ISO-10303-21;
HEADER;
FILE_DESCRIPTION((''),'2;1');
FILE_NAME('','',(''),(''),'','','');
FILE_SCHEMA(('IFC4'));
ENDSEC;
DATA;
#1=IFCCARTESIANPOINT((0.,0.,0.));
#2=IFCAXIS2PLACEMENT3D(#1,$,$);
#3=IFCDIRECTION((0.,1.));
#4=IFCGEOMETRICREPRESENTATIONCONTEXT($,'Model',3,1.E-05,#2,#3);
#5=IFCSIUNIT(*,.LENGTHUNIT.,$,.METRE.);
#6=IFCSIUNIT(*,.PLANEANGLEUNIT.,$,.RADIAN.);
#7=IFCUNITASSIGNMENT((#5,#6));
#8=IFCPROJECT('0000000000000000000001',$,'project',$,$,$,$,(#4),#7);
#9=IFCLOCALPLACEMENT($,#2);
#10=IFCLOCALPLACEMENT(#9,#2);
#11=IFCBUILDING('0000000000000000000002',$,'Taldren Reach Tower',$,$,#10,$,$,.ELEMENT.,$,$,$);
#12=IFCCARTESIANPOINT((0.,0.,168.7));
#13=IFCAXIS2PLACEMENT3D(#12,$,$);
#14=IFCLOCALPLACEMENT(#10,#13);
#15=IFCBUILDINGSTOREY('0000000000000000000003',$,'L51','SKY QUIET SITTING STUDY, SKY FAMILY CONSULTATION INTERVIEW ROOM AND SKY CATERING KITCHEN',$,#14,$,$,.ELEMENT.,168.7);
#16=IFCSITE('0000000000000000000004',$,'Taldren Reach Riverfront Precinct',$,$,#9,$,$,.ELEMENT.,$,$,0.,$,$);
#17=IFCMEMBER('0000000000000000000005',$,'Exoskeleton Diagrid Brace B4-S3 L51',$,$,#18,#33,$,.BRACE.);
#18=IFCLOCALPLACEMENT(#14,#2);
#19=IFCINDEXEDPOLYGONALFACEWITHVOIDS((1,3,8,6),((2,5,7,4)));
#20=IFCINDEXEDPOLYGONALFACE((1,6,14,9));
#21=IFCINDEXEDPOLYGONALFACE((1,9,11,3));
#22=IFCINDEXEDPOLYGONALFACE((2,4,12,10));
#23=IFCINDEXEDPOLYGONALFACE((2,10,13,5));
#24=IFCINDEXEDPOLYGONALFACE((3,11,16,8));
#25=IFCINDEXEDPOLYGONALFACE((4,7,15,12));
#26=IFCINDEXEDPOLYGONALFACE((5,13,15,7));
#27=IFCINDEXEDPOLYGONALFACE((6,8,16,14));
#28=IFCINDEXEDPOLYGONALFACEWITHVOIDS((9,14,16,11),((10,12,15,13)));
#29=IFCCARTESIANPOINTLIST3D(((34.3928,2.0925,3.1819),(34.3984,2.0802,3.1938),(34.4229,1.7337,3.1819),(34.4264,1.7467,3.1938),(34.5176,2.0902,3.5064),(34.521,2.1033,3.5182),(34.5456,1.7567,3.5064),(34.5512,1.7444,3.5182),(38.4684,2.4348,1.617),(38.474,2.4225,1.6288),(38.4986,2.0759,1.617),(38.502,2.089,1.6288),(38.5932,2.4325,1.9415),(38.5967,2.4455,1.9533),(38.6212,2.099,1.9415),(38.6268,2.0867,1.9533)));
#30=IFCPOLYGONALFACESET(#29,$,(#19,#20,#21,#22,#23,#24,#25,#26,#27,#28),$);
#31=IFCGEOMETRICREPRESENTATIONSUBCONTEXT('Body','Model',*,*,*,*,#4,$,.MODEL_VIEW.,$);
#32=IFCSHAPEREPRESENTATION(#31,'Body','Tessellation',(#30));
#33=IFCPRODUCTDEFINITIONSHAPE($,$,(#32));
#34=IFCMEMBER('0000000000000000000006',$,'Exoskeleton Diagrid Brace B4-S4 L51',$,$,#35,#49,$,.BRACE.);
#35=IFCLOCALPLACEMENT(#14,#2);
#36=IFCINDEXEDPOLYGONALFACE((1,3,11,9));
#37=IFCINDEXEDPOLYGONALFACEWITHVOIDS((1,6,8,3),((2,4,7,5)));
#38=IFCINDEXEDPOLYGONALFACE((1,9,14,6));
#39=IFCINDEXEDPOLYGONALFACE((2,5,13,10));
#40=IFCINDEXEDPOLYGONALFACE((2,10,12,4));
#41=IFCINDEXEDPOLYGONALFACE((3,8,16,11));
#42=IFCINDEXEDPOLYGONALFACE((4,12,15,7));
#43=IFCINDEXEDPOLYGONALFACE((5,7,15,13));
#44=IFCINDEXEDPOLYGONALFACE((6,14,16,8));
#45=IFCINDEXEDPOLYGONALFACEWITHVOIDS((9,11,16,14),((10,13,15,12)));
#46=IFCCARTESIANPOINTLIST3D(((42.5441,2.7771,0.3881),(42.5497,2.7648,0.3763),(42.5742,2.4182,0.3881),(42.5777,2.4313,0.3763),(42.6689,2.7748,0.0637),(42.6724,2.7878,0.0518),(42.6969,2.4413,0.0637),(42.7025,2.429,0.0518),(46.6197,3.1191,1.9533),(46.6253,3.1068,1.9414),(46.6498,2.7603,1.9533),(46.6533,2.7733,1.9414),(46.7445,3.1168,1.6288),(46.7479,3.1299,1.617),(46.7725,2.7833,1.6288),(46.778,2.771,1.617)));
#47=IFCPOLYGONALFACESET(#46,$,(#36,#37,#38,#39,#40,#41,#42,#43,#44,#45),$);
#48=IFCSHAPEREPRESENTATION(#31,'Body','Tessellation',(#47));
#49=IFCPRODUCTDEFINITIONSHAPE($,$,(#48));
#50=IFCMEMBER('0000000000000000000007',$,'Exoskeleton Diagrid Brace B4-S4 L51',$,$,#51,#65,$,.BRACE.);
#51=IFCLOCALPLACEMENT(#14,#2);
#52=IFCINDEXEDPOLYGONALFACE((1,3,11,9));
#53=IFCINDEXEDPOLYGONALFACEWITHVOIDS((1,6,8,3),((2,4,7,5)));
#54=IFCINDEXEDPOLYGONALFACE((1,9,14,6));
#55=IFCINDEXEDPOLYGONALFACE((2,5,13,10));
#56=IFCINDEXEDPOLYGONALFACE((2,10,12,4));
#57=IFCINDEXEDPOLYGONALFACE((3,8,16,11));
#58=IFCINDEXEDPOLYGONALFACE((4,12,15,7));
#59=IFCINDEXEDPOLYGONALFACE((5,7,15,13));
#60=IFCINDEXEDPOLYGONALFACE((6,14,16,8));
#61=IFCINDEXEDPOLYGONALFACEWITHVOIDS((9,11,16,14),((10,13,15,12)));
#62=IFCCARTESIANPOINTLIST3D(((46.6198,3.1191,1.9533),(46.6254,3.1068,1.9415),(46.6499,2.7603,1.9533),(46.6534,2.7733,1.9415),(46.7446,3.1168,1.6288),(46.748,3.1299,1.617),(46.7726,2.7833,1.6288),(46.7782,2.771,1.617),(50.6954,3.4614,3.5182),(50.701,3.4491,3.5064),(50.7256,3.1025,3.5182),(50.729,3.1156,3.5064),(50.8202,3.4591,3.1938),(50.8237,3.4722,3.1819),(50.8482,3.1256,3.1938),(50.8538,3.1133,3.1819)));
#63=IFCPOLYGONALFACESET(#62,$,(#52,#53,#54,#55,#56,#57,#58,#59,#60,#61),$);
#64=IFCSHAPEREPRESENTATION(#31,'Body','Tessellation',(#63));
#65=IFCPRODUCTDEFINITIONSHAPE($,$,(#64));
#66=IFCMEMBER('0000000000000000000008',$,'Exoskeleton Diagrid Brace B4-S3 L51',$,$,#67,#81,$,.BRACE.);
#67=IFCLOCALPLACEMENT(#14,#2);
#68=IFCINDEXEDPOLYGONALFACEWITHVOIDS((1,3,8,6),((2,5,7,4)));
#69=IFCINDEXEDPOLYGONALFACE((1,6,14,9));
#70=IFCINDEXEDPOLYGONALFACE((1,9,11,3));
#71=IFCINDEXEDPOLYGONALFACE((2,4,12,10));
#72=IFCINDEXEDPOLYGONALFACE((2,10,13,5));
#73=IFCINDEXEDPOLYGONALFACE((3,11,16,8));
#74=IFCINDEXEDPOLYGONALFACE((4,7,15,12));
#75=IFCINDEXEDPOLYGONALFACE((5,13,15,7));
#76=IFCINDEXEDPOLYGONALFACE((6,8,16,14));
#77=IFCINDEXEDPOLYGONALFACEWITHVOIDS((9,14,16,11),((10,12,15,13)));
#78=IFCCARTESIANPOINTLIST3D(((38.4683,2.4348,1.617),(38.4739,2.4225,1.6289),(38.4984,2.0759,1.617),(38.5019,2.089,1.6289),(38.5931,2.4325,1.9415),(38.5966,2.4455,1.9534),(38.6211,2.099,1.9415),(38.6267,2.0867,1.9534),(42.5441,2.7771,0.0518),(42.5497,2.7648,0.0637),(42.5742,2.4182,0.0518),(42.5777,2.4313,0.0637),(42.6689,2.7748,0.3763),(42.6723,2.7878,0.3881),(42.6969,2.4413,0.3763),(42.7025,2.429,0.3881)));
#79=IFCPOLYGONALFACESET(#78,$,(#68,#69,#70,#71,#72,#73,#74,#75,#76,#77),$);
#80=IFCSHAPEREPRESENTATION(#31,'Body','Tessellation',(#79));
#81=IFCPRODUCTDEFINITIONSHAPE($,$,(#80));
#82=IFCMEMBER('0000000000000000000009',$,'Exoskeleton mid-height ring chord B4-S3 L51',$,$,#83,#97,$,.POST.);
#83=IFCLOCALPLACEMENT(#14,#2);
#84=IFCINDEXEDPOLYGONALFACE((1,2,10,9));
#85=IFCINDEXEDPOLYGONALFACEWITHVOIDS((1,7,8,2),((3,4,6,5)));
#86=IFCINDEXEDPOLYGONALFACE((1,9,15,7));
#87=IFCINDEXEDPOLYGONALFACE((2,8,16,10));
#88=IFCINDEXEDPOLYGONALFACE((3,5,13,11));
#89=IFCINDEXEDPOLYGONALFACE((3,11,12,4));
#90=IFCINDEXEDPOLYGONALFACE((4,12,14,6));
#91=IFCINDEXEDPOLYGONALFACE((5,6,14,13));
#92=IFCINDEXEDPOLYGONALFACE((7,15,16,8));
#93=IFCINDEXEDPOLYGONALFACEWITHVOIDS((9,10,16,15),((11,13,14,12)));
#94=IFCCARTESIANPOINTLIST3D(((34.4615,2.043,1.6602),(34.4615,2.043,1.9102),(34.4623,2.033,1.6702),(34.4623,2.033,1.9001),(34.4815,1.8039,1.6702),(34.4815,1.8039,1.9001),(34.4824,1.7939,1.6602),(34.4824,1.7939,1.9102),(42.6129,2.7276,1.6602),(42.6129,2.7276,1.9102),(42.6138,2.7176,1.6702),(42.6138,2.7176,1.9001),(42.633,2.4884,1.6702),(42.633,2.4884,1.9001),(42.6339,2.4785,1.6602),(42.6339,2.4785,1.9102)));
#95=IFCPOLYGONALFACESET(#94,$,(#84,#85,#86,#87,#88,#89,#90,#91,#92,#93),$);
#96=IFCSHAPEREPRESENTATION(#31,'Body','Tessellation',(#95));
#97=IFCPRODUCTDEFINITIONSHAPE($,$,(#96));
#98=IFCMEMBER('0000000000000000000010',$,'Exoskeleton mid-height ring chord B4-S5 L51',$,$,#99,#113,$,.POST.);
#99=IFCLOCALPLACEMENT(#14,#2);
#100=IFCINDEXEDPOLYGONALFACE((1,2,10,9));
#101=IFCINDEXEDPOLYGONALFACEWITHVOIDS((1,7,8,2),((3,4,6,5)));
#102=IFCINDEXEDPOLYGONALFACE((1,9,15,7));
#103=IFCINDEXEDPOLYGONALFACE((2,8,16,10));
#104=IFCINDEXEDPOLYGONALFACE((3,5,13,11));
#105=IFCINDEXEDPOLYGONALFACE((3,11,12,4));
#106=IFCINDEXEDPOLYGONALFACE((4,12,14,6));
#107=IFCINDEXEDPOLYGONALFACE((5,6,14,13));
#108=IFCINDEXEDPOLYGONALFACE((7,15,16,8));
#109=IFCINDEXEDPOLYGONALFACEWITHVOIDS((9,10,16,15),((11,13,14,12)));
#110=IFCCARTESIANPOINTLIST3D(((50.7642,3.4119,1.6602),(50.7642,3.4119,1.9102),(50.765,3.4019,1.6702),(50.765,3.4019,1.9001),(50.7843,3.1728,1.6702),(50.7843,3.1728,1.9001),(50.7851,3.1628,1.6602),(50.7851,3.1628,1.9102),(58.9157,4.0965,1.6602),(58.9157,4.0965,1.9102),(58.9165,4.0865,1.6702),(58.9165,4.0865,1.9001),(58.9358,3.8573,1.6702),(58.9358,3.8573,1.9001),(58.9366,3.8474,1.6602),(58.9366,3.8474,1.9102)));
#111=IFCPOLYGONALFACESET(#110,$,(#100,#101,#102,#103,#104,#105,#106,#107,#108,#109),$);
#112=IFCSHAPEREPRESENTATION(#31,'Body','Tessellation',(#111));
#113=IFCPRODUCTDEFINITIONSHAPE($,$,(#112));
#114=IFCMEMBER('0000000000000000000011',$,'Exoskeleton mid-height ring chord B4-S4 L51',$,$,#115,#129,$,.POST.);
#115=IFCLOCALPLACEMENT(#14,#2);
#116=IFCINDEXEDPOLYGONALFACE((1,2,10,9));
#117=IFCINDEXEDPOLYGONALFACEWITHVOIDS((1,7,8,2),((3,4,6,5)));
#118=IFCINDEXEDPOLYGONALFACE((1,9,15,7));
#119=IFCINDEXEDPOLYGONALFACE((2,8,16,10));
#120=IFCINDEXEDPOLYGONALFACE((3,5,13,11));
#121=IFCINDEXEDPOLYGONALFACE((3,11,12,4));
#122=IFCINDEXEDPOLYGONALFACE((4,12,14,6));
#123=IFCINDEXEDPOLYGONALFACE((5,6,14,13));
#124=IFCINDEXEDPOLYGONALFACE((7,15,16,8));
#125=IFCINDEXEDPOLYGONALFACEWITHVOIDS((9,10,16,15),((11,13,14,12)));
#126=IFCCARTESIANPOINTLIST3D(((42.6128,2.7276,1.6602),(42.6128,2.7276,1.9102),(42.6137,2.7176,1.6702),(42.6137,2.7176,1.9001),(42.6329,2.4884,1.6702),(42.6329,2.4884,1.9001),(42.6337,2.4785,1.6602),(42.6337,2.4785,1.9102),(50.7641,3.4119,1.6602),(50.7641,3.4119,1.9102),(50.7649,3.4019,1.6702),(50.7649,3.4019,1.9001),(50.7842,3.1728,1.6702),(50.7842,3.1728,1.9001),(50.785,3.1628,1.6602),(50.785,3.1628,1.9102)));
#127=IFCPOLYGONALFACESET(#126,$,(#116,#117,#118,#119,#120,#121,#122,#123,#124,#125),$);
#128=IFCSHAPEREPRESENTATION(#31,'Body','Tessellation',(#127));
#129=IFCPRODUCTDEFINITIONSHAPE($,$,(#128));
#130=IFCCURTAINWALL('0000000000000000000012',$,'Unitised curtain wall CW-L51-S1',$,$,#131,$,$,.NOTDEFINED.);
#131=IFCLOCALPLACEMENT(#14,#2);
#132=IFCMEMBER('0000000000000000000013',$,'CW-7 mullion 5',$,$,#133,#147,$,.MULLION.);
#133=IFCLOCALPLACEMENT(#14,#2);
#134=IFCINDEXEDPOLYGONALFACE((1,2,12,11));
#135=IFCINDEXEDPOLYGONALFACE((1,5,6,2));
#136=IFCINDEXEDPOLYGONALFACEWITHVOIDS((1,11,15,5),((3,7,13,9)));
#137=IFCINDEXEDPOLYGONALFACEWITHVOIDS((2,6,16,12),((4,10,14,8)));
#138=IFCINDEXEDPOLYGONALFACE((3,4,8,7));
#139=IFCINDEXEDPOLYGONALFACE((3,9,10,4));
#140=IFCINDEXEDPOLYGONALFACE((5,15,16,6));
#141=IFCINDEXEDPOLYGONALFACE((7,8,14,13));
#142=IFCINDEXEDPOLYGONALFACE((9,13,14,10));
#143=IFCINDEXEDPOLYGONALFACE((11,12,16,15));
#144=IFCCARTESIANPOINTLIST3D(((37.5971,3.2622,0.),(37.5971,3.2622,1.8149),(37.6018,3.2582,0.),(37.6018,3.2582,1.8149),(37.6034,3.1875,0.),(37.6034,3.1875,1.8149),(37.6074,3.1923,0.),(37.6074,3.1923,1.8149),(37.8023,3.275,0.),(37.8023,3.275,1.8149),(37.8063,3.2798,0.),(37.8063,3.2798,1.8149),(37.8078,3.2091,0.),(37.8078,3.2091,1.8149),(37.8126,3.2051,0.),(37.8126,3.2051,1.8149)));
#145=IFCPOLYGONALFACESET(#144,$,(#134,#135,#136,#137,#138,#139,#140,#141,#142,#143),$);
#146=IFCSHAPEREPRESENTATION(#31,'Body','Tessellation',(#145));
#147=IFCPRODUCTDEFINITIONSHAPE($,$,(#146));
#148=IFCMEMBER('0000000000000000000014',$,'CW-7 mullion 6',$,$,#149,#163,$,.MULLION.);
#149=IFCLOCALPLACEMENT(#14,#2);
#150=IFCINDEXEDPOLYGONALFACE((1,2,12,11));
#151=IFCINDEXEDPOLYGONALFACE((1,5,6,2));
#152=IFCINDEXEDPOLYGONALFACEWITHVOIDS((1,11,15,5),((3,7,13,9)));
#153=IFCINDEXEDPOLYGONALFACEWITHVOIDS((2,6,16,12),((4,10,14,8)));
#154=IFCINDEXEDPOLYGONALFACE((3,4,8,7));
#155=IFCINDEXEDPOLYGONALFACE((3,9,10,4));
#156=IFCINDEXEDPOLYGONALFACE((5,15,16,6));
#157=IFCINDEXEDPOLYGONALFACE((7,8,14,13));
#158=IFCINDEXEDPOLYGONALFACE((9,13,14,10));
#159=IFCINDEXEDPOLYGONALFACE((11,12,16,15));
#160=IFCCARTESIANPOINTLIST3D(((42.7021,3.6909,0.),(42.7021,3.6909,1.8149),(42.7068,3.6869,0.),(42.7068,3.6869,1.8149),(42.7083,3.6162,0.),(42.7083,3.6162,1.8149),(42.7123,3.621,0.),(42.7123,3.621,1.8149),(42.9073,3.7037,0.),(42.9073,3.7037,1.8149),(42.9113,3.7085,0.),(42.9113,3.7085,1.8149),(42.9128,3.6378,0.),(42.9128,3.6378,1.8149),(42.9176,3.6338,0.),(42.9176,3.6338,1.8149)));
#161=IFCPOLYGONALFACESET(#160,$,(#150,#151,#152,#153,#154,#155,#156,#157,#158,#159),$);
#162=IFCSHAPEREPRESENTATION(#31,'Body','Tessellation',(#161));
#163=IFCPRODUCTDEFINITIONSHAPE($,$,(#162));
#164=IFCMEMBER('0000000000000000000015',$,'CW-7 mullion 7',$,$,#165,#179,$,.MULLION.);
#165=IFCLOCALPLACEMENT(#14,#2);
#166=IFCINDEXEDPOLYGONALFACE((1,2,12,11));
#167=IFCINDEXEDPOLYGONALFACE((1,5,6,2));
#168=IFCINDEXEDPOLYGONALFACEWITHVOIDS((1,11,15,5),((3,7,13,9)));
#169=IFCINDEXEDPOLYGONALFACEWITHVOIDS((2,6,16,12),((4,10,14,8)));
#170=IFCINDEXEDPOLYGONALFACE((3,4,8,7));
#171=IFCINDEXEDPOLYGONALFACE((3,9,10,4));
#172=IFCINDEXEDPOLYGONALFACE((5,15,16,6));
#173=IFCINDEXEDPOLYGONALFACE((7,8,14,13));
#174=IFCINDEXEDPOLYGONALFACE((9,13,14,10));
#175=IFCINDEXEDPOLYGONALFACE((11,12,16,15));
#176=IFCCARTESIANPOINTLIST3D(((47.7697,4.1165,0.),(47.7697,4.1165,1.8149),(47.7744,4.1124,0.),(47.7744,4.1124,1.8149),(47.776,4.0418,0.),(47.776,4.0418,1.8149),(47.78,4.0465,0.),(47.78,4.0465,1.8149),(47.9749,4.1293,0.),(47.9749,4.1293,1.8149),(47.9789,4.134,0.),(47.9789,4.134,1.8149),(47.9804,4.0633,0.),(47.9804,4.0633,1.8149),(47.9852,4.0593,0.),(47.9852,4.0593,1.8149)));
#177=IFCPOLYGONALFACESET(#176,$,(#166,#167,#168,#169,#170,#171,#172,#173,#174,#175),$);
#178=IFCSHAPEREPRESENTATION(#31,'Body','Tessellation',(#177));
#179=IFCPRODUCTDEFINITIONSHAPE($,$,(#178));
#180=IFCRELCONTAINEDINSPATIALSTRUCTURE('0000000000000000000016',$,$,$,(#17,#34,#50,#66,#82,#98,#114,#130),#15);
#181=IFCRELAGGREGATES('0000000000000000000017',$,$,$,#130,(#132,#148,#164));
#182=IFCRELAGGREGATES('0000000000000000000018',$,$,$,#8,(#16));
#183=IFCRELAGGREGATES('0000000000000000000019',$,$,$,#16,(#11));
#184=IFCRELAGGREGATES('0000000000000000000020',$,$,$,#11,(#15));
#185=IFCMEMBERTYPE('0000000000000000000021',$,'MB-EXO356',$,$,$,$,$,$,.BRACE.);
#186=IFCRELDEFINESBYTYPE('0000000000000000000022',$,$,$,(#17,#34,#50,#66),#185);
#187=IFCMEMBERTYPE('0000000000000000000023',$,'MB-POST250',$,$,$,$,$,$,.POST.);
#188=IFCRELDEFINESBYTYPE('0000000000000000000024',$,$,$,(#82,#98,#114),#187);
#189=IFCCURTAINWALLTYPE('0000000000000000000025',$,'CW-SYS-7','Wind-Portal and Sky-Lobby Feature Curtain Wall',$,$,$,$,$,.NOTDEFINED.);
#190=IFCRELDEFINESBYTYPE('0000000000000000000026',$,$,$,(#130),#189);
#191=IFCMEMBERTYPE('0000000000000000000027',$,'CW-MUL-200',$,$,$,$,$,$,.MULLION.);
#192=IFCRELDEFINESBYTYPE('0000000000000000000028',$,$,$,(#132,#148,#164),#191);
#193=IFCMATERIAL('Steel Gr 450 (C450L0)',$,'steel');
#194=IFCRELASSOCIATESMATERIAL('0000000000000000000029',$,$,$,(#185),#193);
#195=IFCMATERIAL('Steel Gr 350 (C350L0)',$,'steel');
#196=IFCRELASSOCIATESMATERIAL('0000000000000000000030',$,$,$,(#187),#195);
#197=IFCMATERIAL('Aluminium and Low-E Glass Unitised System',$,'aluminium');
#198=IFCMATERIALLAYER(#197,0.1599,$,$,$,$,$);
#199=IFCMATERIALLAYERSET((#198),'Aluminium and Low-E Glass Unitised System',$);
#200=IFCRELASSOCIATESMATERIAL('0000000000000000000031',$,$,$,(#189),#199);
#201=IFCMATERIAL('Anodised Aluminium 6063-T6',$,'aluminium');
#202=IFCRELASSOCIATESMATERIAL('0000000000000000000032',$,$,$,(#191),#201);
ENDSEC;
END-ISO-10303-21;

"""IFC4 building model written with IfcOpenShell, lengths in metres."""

from ifc_helpers import new_model, si_unit, direction, frame, origin, origin_2d, place, context, subcontext, project, spatial, hollow_rectangle, extrude, source, transform, mapped, material, layer, layer_set, material_profile, profile_set, type_object, element, aggregate, save


model = new_model("IFC4")

# Units and contexts
model_context = context("Model", 3, precision=1e-05, world=origin(), true_north=direction((0.0, 1.0)))
body_context = subcontext(model_context, "Body", "Model", "MODEL_VIEW")
ifc_project = project(units=[si_unit("LENGTHUNIT", "METRE"), si_unit("PLANEANGLEUNIT", "RADIAN")], contexts=[model_context])

# Site, building, storey
site_placement = place(None, origin())
site = spatial("IfcSite", under=ifc_project, at=site_placement, Name="Taldren Reach Riverfront Precinct", CompositionType="ELEMENT", RefElevation=0.0)
building_placement = place(site_placement, origin())
building = spatial("IfcBuilding", under=site, at=building_placement, Name="Taldren Reach Tower", CompositionType="ELEMENT")
storey_placement = place(building_placement, frame((0.0, 0.0, 168.7)))
storey = spatial("IfcBuildingStorey", under=building, at=storey_placement, Name="L51", Description="SKY QUIET SITTING STUDY, SKY FAMILY CONSULTATION INTERVIEW ROOM AND SKY CATERING KITCHEN", CompositionType="ELEMENT", Elevation=168.7)

# Members
ifc_material_1 = material(Name="Steel Gr 450 (C450L0)", Category="steel")
ifc_material_profile_1 = material_profile(ifc_material_1, hollow_rectangle(XDim=0.3601, YDim=0.3601, WallThickness=0.0127, at=origin_2d()), Name="360x360x12.7SHS")
ifc_profile_set_1 = profile_set([ifc_material_profile_1], Name="Steel Gr 450 (C450L0)")
member_type_1 = type_object("IfcMemberType", Name="MB-EXO356", PredefinedType="BRACE", material=ifc_profile_set_1)
shared_shape_1 = source(origin(), body_context, "Body", "SweptSolid", [
    extrude(hollow_rectangle(XDim=0.3601, YDim=0.3601, WallThickness=0.0127, at=origin_2d()), origin(), (0.0, 0.0, 1.0), 4.3792),
])
for number, where, z_axis, x_axis, name in (
    (1, (38.5476, 2.2607, 1.7852), (-0.930691, -0.078162, 0.357358), (0.083688, -0.996492, 0.0), "Exoskeleton Diagrid Brace B4-S3 L51"),
    (2, (42.6233, 2.603, 0.22), (0.930677, 0.078105, 0.357408), (-0.083628, 0.996497, 0.0), "Exoskeleton Diagrid Brace B4-S4 L51"),
    (3, (46.699, 2.9451, 1.7852), (0.930691, 0.078162, 0.357358), (-0.083688, 0.996492, 0.0), "Exoskeleton Diagrid Brace B4-S4 L51"),
):
    element("IfcMember", number, at=place(storey_placement, frame(where, z_axis=z_axis, x_axis=x_axis)), inside=storey, type_object=member_type_1, Name=name, PredefinedType="BRACE", context=body_context, shape_type="MappedRepresentation", body=[
        mapped(shared_shape_1, transform((0.0, 0.0, 0.0), scale=1.0)),
    ])
shared_shape_2 = source(origin(), body_context, "Body", "SweptSolid", [
    extrude(hollow_rectangle(XDim=0.3601, YDim=0.3601, WallThickness=0.0127, at=origin_2d()), origin(), (0.0, 0.0, 1.0), 4.3794),
])
member_1_placement = place(storey_placement, frame((42.6233, 2.603, 0.22), z_axis=(-0.930673, -0.07816, 0.357406), x_axis=(0.083688, -0.996492, 0.0)))
element("IfcMember", 4, at=member_1_placement, inside=storey, type_object=member_type_1, Name="Exoskeleton Diagrid Brace B4-S3 L51", PredefinedType="BRACE", context=body_context, shape_type="MappedRepresentation", body=[
    mapped(shared_shape_2, transform((0.0, 0.0, 0.0), scale=1.0)),
])
ifc_material_2 = material(Name="Steel Gr 350 (C350L0)", Category="steel")
ifc_material_profile_2 = material_profile(ifc_material_2, hollow_rectangle(XDim=0.25, YDim=0.25, WallThickness=0.01, at=origin_2d()), Name="250x250x10.0SHS")
ifc_profile_set_2 = profile_set([ifc_material_profile_2], Name="Steel Gr 350 (C350L0)")
member_type_2 = type_object("IfcMemberType", Name="MB-POST250", PredefinedType="POST", material=ifc_profile_set_2)
shared_shape_3 = source(origin(), body_context, "Body", "SweptSolid", [
    extrude(hollow_rectangle(XDim=0.25, YDim=0.25, WallThickness=0.01, at=origin_2d()), origin(), (0.0, 0.0, 1.0), 8.1802),
])
for number, where, z_axis, x_axis, name in (
    (5, (34.4719, 1.9185, 1.7852), (0.996492, 0.083688, 0.0), (-0.083688, 0.996492, 0.0), "Exoskeleton mid-height ring chord B4-S3 L51"),
    (6, (50.7747, 3.2874, 1.7852), (0.996492, 0.083688, 0.0), (-0.083688, 0.996492, 0.0), "Exoskeleton mid-height ring chord B4-S5 L51"),
):
    element("IfcMember", number, at=place(storey_placement, frame(where, z_axis=z_axis, x_axis=x_axis)), inside=storey, type_object=member_type_2, Name=name, PredefinedType="POST", context=body_context, shape_type="MappedRepresentation", body=[
        mapped(shared_shape_3, transform((0.0, 0.0, 0.0), scale=1.0)),
    ])
shared_shape_4 = source(origin(), body_context, "Body", "SweptSolid", [
    extrude(hollow_rectangle(XDim=0.25, YDim=0.25, WallThickness=0.01, at=origin_2d()), origin(), (0.0, 0.0, 1.0), 8.1799),
])
member_2_placement = place(storey_placement, frame((42.6233, 2.603, 1.7852), z_axis=(0.996495, 0.083658, 0.0), x_axis=(-0.083658, 0.996495, 0.0)))
element("IfcMember", 7, at=member_2_placement, inside=storey, type_object=member_type_2, Name="Exoskeleton mid-height ring chord B4-S4 L51", PredefinedType="POST", context=body_context, shape_type="MappedRepresentation", body=[
    mapped(shared_shape_4, transform((0.0, 0.0, 0.0), scale=1.0)),
])

# Curtain wall, members
ifc_material_3 = material(Name="Aluminium and Low-E Glass Unitised System", Category="aluminium")
ifc_layer_1 = layer(ifc_material_3, 0.1599)
ifc_layer_set_1 = layer_set([ifc_layer_1], Name="Aluminium and Low-E Glass Unitised System")
curtain_wall_type = type_object("IfcCurtainWallType", Name="CW-SYS-7", Description="Wind-Portal and Sky-Lobby Feature Curtain Wall", PredefinedType="NOTDEFINED", material=ifc_layer_set_1)
curtain_wall_1_placement = place(storey_placement, origin())
curtain_wall_1 = element("IfcCurtainWall", 8, at=curtain_wall_1_placement, inside=storey, type_object=curtain_wall_type, Name="Unitised curtain wall CW-L51-S1", PredefinedType="NOTDEFINED")
ifc_material_4 = material(Name="Anodised Aluminium 6063-T6", Category="aluminium")
ifc_material_profile_3 = material_profile(ifc_material_4, hollow_rectangle(XDim=0.075, YDim=0.21, WallThickness=0.0044, at=origin_2d()), Name="ALU-210x75x4.5RHS")
ifc_profile_set_3 = profile_set([ifc_material_profile_3], Name="Anodised Aluminium 6063-T6")
member_type_3 = type_object("IfcMemberType", Name="CW-MUL-200", PredefinedType="MULLION", material=ifc_profile_set_3)
shared_shape_5 = source(origin(), body_context, "Body", "SweptSolid", [
    extrude(hollow_rectangle(XDim=0.075, YDim=0.21, WallThickness=0.0044, at=origin_2d()), origin(), (0.0, 0.0, 1.0), 1.8149),
])
member_3_placement = place(storey_placement, frame((37.7048, 3.2336, 0.0), z_axis=(0.0, 0.0, 1.0), x_axis=(-0.083678, 0.996493, 0.0)))
member_3 = element("IfcMember", 9, at=member_3_placement, type_object=member_type_3, Name="CW-7 mullion 5", PredefinedType="MULLION", context=body_context, shape_type="MappedRepresentation", body=[
    mapped(shared_shape_5, transform((0.0, 0.0, 0.0), scale=1.0)),
])
member_4_placement = place(storey_placement, frame((42.8098, 3.6624, 0.0), z_axis=(0.0, 0.0, 1.0), x_axis=(-0.083678, 0.996493, 0.0)))
member_4 = element("IfcMember", 10, at=member_4_placement, type_object=member_type_3, Name="CW-7 mullion 6", PredefinedType="MULLION", context=body_context, shape_type="MappedRepresentation", body=[
    mapped(shared_shape_5, transform((0.0, 0.0, 0.0), scale=1.0)),
])
member_5_placement = place(storey_placement, frame((47.8774, 4.0879, 0.0), z_axis=(0.0, 0.0, 1.0), x_axis=(-0.083678, 0.996493, 0.0)))
member_5 = element("IfcMember", 11, at=member_5_placement, type_object=member_type_3, Name="CW-7 mullion 7", PredefinedType="MULLION", context=body_context, shape_type="MappedRepresentation", body=[
    mapped(shared_shape_5, transform((0.0, 0.0, 0.0), scale=1.0)),
])

aggregate(curtain_wall_1, [member_3, member_4, member_5])

save(model, "model.ifc")
